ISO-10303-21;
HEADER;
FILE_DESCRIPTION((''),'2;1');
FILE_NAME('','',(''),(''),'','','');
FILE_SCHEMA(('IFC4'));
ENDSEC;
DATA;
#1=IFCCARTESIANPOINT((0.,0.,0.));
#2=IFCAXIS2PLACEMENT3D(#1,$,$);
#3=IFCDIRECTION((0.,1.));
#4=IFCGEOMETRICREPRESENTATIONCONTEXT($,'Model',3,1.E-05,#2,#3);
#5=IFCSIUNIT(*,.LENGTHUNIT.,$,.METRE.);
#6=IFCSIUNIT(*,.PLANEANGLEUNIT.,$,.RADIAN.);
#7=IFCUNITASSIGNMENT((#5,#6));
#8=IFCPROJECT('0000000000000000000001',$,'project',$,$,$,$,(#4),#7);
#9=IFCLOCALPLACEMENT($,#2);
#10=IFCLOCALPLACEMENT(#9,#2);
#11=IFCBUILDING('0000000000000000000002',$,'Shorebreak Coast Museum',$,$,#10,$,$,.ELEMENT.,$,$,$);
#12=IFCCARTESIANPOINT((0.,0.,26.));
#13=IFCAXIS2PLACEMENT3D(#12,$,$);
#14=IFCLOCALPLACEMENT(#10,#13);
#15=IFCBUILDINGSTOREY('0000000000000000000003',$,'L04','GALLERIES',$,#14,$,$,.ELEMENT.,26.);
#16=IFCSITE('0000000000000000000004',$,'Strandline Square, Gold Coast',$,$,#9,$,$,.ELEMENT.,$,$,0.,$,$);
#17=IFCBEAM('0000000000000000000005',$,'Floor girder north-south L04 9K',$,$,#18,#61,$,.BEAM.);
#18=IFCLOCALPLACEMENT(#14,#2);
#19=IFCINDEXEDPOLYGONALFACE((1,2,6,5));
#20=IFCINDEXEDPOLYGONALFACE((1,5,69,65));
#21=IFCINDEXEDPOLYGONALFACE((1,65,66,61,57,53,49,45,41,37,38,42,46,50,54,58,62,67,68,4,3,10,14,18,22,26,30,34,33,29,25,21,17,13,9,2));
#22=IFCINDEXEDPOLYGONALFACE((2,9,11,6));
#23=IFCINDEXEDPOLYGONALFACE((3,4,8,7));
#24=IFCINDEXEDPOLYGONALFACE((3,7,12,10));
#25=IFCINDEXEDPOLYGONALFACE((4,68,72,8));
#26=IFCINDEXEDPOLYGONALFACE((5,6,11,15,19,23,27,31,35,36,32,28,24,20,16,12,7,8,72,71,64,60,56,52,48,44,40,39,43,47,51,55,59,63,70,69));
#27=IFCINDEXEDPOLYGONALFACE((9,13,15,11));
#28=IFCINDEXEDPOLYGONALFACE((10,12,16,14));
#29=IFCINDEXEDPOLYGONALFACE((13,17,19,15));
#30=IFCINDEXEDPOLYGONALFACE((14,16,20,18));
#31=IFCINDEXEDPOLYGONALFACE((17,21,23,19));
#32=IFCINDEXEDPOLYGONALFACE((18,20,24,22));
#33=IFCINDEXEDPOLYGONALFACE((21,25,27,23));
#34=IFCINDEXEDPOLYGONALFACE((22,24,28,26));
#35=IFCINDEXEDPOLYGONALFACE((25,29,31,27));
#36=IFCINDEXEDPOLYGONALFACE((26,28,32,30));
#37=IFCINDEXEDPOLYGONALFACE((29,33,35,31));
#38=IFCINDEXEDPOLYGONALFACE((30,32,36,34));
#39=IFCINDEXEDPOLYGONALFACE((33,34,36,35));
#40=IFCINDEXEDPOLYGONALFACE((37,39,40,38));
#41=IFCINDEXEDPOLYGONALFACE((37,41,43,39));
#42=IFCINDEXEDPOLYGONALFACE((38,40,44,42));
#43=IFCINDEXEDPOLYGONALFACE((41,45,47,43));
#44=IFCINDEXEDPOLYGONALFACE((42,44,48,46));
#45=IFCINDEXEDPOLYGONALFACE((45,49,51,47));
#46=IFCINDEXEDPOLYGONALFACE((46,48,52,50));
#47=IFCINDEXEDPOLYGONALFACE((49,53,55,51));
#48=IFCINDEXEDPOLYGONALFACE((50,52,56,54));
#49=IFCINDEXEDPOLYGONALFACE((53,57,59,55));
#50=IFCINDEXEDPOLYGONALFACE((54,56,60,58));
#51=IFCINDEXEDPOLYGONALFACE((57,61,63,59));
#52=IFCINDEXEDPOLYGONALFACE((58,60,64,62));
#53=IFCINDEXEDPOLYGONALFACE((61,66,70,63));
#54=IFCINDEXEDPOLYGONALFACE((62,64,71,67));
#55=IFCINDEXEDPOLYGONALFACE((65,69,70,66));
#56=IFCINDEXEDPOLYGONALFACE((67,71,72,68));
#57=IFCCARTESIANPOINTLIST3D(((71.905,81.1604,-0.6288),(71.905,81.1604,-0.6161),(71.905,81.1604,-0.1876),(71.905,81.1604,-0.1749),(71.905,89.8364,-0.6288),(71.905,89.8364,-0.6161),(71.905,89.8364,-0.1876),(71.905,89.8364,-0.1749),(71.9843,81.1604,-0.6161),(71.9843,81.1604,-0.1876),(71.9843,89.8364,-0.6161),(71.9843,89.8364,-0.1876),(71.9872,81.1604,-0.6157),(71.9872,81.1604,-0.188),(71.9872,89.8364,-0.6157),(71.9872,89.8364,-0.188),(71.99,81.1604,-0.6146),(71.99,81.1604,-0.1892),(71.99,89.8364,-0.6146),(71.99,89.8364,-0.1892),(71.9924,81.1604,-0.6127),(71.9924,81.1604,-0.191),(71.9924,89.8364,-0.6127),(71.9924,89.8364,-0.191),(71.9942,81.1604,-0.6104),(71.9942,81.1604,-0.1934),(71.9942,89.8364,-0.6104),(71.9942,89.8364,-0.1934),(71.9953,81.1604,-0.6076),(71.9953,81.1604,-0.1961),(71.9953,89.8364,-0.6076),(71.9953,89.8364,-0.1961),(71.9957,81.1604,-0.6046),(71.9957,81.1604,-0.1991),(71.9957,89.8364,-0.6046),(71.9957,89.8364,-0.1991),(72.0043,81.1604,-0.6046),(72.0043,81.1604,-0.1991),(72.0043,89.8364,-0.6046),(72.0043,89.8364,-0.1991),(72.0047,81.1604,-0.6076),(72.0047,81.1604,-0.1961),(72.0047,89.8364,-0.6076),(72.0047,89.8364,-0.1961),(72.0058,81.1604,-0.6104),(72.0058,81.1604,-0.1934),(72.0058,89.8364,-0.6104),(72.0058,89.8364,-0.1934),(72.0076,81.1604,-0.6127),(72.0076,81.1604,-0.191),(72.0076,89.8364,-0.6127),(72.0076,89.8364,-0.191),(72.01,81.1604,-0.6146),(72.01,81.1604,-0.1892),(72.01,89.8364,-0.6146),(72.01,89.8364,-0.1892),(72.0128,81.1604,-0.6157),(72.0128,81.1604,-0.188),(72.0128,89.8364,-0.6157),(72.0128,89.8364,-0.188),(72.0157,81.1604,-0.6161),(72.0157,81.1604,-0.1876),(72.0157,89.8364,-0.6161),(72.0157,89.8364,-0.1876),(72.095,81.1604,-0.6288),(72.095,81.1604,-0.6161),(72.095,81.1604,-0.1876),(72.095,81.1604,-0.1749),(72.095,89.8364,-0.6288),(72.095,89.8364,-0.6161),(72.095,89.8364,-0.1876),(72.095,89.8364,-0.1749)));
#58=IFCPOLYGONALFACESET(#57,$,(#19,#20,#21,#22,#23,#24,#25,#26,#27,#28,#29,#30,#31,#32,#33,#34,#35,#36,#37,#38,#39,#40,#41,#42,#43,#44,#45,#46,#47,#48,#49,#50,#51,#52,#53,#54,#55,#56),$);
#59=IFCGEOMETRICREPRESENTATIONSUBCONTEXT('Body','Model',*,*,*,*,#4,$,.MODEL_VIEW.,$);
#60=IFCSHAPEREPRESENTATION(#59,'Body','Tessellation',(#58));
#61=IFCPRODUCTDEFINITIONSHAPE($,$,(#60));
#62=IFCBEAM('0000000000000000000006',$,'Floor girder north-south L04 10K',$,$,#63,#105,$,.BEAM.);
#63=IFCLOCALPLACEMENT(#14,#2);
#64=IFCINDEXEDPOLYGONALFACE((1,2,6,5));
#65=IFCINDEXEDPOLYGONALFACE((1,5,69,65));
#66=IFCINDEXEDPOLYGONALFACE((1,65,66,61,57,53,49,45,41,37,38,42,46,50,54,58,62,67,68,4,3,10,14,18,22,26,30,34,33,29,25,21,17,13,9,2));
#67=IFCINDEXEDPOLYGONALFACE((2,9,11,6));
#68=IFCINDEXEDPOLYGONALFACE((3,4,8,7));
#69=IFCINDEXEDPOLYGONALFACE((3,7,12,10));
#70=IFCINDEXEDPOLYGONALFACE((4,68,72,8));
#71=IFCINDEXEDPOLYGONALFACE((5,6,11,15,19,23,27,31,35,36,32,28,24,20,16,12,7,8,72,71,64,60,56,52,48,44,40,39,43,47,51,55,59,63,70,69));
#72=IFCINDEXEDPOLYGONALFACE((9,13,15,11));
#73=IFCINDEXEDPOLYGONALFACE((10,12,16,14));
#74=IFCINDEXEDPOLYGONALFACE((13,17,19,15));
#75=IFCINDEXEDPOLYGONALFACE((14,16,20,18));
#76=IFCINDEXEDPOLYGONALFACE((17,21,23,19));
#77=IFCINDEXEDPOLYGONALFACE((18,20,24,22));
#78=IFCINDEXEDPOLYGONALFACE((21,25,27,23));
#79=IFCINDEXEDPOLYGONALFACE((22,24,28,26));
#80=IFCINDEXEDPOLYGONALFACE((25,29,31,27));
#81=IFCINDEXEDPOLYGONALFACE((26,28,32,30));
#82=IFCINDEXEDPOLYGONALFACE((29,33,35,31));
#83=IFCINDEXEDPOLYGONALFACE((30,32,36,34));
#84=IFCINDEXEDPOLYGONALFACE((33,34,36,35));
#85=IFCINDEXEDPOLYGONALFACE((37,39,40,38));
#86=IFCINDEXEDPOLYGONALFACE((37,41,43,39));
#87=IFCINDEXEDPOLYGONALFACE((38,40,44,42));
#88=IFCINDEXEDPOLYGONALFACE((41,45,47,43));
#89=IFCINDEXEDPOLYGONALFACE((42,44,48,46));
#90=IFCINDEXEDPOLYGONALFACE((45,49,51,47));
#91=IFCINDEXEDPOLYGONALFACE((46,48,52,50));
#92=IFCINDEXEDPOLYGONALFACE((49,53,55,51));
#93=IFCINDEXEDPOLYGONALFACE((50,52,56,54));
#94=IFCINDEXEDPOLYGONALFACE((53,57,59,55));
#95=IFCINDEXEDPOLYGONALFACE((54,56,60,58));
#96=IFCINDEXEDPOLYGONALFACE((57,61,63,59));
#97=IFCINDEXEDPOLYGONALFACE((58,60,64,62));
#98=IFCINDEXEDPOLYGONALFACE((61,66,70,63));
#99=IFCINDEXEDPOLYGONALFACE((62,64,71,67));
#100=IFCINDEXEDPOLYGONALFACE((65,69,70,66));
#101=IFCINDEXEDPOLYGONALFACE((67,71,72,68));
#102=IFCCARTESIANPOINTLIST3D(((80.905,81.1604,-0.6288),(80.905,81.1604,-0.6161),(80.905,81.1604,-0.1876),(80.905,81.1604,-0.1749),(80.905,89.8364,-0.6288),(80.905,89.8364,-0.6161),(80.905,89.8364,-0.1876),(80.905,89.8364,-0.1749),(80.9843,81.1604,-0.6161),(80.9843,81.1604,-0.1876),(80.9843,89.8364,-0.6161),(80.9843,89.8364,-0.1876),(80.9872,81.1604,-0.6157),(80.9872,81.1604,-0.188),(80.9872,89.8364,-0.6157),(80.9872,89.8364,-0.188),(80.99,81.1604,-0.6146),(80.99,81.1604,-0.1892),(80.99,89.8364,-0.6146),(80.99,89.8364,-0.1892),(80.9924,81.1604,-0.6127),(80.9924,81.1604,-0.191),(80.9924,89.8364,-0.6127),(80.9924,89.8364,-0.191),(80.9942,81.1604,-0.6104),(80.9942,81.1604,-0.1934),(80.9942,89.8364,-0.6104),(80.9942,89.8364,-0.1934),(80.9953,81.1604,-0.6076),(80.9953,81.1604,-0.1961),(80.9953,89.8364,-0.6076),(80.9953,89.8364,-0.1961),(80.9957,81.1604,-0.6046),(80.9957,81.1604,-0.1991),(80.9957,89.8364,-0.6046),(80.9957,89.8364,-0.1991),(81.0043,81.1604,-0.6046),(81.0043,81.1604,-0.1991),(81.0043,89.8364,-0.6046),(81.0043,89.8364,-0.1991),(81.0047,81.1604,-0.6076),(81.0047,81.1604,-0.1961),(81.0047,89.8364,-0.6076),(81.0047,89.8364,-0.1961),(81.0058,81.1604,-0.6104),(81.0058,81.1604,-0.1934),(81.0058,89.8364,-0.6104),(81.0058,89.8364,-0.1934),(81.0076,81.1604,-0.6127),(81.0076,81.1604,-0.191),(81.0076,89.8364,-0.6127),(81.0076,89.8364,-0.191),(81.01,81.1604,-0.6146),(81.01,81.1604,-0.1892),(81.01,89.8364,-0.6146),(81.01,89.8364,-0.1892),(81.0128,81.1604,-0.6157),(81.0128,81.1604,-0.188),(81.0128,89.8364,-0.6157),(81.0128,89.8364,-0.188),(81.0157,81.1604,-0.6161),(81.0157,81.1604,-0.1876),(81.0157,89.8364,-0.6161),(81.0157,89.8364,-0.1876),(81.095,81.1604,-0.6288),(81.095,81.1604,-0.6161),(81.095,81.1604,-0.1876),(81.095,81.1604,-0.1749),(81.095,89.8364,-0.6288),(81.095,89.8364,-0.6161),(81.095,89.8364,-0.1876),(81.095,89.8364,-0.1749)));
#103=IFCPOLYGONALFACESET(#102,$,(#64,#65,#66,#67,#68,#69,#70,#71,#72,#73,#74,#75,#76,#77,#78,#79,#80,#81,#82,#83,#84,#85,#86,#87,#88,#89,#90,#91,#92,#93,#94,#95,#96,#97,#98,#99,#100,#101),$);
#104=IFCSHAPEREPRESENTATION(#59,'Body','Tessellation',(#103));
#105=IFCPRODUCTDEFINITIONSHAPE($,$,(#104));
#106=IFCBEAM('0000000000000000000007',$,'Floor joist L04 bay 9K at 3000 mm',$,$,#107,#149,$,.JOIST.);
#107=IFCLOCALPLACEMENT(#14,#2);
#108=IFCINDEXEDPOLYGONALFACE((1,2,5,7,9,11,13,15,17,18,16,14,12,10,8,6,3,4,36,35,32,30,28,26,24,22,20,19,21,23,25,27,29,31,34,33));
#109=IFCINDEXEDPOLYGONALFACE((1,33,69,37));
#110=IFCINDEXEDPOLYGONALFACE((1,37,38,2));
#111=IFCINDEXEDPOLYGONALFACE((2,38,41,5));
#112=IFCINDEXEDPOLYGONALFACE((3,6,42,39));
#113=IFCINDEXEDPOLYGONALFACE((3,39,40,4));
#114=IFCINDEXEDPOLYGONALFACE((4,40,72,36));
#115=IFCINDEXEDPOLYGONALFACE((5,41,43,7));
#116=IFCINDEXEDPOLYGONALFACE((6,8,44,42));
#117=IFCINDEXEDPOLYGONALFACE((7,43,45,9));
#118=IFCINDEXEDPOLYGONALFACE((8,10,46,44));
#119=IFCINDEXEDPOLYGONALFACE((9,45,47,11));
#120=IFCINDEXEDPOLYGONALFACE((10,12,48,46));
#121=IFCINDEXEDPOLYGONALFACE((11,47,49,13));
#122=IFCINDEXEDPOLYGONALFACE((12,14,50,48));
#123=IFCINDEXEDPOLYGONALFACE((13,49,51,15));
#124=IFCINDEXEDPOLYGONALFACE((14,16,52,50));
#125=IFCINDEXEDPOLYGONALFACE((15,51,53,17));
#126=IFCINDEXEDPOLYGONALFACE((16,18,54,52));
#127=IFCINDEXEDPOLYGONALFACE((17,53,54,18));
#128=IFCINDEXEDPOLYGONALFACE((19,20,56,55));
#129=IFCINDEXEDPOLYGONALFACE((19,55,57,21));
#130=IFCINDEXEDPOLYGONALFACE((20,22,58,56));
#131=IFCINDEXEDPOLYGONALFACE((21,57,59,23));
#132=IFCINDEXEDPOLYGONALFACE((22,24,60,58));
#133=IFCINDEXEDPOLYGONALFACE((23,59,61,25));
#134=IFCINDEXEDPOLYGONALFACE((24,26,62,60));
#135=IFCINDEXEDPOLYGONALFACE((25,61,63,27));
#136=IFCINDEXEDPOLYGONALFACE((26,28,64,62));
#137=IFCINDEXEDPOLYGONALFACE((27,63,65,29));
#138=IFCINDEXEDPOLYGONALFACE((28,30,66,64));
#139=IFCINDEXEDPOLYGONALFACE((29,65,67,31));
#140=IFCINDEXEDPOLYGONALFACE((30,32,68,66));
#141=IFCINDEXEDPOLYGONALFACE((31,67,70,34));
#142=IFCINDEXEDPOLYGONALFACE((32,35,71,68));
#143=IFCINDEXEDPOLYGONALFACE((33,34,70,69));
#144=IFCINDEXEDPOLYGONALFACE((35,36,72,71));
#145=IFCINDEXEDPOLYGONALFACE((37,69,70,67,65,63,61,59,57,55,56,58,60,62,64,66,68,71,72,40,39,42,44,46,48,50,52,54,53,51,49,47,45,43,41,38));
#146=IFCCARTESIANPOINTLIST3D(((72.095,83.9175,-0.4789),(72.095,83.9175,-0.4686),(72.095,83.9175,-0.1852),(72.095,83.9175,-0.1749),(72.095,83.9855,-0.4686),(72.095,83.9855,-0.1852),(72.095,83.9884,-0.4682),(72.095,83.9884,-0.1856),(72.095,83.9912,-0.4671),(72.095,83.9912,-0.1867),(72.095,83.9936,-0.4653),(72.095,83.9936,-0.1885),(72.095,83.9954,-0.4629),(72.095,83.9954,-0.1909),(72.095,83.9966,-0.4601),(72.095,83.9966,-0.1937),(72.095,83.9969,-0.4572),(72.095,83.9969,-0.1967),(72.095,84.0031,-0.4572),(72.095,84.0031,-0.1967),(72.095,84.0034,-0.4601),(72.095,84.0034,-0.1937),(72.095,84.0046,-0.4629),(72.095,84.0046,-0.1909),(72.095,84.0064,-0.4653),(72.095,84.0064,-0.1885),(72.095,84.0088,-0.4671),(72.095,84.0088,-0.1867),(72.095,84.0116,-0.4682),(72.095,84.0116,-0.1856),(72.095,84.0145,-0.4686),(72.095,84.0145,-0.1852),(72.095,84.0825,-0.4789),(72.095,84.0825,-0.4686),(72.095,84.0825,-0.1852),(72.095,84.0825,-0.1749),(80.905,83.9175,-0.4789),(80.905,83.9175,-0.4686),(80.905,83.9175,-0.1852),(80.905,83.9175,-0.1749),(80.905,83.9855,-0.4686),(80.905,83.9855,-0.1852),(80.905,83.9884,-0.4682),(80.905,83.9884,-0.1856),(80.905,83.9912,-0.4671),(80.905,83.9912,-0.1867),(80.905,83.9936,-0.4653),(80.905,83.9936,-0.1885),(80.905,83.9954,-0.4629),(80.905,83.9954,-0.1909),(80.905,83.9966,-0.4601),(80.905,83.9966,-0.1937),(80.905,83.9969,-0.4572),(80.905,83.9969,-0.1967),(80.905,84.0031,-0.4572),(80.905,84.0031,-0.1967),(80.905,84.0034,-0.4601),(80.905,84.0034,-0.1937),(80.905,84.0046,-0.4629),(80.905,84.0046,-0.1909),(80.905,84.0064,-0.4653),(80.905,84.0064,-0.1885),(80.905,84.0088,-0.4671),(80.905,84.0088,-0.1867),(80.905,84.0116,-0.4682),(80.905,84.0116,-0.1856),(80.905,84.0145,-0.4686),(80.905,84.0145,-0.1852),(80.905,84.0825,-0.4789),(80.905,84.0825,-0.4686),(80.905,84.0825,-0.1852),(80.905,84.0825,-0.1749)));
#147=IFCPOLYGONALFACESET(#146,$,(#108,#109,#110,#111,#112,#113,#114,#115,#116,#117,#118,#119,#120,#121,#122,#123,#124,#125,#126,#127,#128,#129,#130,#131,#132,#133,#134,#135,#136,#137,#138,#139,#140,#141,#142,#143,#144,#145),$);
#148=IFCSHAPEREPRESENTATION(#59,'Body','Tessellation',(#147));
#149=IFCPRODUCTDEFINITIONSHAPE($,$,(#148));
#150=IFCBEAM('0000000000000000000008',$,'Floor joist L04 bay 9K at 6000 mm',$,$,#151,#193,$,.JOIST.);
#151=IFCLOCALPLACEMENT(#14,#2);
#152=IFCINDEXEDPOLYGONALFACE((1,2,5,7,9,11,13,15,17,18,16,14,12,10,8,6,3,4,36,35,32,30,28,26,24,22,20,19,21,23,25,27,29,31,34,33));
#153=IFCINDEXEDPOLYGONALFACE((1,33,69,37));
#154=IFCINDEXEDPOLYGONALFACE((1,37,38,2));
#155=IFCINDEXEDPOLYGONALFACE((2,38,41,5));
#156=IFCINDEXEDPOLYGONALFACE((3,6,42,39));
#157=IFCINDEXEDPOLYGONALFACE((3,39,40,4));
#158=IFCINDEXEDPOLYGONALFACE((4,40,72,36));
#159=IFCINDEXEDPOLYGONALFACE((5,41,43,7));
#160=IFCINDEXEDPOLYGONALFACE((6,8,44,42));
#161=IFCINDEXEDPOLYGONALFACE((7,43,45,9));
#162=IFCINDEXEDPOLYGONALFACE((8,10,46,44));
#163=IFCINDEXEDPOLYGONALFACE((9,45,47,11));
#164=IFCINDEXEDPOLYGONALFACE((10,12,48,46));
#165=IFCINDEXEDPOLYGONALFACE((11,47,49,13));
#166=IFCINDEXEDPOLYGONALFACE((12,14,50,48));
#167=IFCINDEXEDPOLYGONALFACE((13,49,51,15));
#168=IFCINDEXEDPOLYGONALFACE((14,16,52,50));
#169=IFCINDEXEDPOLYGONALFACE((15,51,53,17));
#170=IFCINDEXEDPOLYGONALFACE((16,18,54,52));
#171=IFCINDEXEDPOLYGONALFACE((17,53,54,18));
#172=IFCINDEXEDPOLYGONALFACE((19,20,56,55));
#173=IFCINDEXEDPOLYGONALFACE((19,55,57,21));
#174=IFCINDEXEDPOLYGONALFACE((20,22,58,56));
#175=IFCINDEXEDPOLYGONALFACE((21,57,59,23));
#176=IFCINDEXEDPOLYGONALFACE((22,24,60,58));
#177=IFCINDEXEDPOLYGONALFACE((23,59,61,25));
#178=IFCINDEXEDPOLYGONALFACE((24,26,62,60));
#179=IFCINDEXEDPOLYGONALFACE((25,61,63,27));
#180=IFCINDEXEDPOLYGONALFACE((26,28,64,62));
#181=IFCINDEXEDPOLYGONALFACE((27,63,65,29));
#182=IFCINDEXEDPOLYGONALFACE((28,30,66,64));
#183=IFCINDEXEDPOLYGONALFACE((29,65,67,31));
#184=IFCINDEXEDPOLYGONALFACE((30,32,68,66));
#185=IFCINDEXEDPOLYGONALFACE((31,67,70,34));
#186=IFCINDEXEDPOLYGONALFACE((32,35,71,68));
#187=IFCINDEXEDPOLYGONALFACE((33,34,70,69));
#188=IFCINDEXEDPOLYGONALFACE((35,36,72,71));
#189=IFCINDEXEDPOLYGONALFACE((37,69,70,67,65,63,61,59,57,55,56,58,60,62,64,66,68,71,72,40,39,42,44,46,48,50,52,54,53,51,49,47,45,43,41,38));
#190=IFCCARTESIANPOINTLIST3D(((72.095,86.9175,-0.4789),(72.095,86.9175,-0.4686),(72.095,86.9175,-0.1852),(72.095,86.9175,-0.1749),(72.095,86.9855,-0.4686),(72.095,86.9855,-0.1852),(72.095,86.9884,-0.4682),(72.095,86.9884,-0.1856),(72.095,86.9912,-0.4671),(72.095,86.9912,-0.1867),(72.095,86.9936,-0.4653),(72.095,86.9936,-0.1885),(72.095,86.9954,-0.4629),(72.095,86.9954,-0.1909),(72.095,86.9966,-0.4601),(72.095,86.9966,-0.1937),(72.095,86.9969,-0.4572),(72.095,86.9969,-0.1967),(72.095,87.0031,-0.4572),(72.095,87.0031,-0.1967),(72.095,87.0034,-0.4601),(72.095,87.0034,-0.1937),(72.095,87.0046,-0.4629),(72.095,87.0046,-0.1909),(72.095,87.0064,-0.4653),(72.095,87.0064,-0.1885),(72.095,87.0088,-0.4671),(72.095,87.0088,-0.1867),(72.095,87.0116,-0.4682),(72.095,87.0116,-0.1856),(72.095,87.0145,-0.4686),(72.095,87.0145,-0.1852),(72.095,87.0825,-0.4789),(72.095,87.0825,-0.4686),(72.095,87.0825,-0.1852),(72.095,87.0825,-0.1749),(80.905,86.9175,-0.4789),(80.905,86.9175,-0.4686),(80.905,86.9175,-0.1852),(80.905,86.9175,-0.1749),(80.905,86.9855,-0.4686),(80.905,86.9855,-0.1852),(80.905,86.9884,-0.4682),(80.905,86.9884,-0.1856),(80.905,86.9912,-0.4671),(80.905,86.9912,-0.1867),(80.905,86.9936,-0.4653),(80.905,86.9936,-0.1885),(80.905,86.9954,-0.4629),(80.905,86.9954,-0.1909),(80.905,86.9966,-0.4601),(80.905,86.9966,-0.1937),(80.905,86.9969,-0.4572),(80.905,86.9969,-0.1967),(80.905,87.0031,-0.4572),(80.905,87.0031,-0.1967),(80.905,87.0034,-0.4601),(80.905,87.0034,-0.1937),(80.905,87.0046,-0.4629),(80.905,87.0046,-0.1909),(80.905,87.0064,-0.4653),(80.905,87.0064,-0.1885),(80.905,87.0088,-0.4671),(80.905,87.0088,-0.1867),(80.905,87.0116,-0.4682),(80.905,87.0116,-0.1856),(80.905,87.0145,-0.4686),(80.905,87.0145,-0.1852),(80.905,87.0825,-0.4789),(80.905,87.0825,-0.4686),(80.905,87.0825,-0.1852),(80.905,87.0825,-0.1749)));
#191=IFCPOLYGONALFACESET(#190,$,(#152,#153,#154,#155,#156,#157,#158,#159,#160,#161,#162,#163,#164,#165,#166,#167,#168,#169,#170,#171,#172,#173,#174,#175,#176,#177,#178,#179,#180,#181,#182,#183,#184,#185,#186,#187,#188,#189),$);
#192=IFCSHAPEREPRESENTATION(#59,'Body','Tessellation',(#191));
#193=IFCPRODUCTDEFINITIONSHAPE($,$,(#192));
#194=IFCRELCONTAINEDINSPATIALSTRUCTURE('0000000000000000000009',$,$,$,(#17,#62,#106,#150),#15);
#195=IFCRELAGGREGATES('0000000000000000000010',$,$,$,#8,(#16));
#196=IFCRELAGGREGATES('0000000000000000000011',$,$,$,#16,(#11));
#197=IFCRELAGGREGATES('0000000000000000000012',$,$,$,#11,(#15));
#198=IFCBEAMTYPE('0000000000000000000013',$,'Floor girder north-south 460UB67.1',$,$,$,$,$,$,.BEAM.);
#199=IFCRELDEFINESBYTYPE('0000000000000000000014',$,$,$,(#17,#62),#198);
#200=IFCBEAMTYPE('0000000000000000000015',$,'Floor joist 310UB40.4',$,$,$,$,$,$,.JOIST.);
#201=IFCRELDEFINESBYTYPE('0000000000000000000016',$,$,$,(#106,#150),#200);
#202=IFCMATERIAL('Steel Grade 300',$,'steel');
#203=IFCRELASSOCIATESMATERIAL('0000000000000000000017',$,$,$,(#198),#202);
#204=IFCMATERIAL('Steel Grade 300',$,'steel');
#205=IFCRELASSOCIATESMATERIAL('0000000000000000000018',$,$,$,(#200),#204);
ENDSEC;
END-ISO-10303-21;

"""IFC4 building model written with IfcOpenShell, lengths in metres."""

from ifc_helpers import new_model, si_unit, direction, frame, origin, origin_2d, place, context, subcontext, project, spatial, i_section, extrude, material, material_profile, profile_set, type_object, element, save


model = new_model("IFC4")

# Units and contexts
model_context = context("Model", 3, precision=1e-05, world=origin(), true_north=direction((0.0, 1.0)))
body_context = subcontext(model_context, "Body", "Model", "MODEL_VIEW")
ifc_project = project(units=[si_unit("LENGTHUNIT", "METRE"), si_unit("PLANEANGLEUNIT", "RADIAN")], contexts=[model_context])

# Site, building, storey
site_placement = place(None, origin())
site = spatial("IfcSite", under=ifc_project, at=site_placement, Name="Strandline Square, Gold Coast", CompositionType="ELEMENT", RefElevation=0.0)
building_placement = place(site_placement, origin())
building = spatial("IfcBuilding", under=site, at=building_placement, Name="Shorebreak Coast Museum", CompositionType="ELEMENT")
storey_placement = place(building_placement, frame((0.0, 0.0, 26.0)))
storey = spatial("IfcBuildingStorey", under=building, at=storey_placement, Name="L04", Description="GALLERIES", CompositionType="ELEMENT", Elevation=26.0)

# Beams
ifc_material_1 = material(Name="Steel Grade 300", Category="steel")
ifc_material_profile_1 = material_profile(ifc_material_1, i_section(OverallWidth=0.1899, OverallDepth=0.4539, WebThickness=0.0085, FlangeThickness=0.0127, FilletRadius=0.0115, at=origin_2d()), Name="460UB67.1")
ifc_profile_set_1 = profile_set([ifc_material_profile_1], Name="Steel Grade 300")
beam_type_1 = type_object("IfcBeamType", Name="Floor girder north-south 460UB67.1", PredefinedType="BEAM", material=ifc_profile_set_1)
for number, where, z_axis, x_axis, name in (
    (1, (72.0, 81.1604, -0.4019), (0.0, 1.0, 0.0), (-1.0, 0.0, 0.0), "Floor girder north-south L04 9K"),
    (2, (81.0, 81.1604, -0.4019), (0.0, 1.0, 0.0), (-1.0, 0.0, 0.0), "Floor girder north-south L04 10K"),
):
    element("IfcBeam", number, at=place(storey_placement, frame(where, z_axis=z_axis, x_axis=x_axis)), inside=storey, type_object=beam_type_1, Name=name, PredefinedType="BEAM", context=body_context, shape_type="SweptSolid", body=[
        extrude(i_section(OverallWidth=0.1899, OverallDepth=0.4539, WebThickness=0.0085, FlangeThickness=0.0127, FilletRadius=0.0115, at=origin_2d()), origin(), (0.0, 0.0, 1.0), 8.676),
    ])
ifc_material_2 = material(Name="Steel Grade 300", Category="steel")
ifc_material_profile_2 = material_profile(ifc_material_2, i_section(OverallWidth=0.165, OverallDepth=0.304, WebThickness=0.0061, FlangeThickness=0.0103, FilletRadius=0.0115, at=origin_2d()), Name="310UB40.4")
ifc_profile_set_2 = profile_set([ifc_material_profile_2], Name="Steel Grade 300")
beam_type_2 = type_object("IfcBeamType", Name="Floor joist 310UB40.4", PredefinedType="JOIST", material=ifc_profile_set_2)
for number, where, z_axis, x_axis, name in (
    (3, (72.095, 84.0, -0.3269), (1.0, 0.0, 0.0), (0.0, 1.0, 0.0), "Floor joist L04 bay 9K at 3000 mm"),
    (4, (72.095, 87.0, -0.3269), (1.0, 0.0, 0.0), (0.0, 1.0, 0.0), "Floor joist L04 bay 9K at 6000 mm"),
):
    element("IfcBeam", number, at=place(storey_placement, frame(where, z_axis=z_axis, x_axis=x_axis)), inside=storey, type_object=beam_type_2, Name=name, PredefinedType="JOIST", context=body_context, shape_type="SweptSolid", body=[
        extrude(i_section(OverallWidth=0.165, OverallDepth=0.304, WebThickness=0.0061, FlangeThickness=0.0103, FilletRadius=0.0115, at=origin_2d()), origin(), (0.0, 0.0, 1.0), 8.8101),
    ])

save(model, "model.ifc")
